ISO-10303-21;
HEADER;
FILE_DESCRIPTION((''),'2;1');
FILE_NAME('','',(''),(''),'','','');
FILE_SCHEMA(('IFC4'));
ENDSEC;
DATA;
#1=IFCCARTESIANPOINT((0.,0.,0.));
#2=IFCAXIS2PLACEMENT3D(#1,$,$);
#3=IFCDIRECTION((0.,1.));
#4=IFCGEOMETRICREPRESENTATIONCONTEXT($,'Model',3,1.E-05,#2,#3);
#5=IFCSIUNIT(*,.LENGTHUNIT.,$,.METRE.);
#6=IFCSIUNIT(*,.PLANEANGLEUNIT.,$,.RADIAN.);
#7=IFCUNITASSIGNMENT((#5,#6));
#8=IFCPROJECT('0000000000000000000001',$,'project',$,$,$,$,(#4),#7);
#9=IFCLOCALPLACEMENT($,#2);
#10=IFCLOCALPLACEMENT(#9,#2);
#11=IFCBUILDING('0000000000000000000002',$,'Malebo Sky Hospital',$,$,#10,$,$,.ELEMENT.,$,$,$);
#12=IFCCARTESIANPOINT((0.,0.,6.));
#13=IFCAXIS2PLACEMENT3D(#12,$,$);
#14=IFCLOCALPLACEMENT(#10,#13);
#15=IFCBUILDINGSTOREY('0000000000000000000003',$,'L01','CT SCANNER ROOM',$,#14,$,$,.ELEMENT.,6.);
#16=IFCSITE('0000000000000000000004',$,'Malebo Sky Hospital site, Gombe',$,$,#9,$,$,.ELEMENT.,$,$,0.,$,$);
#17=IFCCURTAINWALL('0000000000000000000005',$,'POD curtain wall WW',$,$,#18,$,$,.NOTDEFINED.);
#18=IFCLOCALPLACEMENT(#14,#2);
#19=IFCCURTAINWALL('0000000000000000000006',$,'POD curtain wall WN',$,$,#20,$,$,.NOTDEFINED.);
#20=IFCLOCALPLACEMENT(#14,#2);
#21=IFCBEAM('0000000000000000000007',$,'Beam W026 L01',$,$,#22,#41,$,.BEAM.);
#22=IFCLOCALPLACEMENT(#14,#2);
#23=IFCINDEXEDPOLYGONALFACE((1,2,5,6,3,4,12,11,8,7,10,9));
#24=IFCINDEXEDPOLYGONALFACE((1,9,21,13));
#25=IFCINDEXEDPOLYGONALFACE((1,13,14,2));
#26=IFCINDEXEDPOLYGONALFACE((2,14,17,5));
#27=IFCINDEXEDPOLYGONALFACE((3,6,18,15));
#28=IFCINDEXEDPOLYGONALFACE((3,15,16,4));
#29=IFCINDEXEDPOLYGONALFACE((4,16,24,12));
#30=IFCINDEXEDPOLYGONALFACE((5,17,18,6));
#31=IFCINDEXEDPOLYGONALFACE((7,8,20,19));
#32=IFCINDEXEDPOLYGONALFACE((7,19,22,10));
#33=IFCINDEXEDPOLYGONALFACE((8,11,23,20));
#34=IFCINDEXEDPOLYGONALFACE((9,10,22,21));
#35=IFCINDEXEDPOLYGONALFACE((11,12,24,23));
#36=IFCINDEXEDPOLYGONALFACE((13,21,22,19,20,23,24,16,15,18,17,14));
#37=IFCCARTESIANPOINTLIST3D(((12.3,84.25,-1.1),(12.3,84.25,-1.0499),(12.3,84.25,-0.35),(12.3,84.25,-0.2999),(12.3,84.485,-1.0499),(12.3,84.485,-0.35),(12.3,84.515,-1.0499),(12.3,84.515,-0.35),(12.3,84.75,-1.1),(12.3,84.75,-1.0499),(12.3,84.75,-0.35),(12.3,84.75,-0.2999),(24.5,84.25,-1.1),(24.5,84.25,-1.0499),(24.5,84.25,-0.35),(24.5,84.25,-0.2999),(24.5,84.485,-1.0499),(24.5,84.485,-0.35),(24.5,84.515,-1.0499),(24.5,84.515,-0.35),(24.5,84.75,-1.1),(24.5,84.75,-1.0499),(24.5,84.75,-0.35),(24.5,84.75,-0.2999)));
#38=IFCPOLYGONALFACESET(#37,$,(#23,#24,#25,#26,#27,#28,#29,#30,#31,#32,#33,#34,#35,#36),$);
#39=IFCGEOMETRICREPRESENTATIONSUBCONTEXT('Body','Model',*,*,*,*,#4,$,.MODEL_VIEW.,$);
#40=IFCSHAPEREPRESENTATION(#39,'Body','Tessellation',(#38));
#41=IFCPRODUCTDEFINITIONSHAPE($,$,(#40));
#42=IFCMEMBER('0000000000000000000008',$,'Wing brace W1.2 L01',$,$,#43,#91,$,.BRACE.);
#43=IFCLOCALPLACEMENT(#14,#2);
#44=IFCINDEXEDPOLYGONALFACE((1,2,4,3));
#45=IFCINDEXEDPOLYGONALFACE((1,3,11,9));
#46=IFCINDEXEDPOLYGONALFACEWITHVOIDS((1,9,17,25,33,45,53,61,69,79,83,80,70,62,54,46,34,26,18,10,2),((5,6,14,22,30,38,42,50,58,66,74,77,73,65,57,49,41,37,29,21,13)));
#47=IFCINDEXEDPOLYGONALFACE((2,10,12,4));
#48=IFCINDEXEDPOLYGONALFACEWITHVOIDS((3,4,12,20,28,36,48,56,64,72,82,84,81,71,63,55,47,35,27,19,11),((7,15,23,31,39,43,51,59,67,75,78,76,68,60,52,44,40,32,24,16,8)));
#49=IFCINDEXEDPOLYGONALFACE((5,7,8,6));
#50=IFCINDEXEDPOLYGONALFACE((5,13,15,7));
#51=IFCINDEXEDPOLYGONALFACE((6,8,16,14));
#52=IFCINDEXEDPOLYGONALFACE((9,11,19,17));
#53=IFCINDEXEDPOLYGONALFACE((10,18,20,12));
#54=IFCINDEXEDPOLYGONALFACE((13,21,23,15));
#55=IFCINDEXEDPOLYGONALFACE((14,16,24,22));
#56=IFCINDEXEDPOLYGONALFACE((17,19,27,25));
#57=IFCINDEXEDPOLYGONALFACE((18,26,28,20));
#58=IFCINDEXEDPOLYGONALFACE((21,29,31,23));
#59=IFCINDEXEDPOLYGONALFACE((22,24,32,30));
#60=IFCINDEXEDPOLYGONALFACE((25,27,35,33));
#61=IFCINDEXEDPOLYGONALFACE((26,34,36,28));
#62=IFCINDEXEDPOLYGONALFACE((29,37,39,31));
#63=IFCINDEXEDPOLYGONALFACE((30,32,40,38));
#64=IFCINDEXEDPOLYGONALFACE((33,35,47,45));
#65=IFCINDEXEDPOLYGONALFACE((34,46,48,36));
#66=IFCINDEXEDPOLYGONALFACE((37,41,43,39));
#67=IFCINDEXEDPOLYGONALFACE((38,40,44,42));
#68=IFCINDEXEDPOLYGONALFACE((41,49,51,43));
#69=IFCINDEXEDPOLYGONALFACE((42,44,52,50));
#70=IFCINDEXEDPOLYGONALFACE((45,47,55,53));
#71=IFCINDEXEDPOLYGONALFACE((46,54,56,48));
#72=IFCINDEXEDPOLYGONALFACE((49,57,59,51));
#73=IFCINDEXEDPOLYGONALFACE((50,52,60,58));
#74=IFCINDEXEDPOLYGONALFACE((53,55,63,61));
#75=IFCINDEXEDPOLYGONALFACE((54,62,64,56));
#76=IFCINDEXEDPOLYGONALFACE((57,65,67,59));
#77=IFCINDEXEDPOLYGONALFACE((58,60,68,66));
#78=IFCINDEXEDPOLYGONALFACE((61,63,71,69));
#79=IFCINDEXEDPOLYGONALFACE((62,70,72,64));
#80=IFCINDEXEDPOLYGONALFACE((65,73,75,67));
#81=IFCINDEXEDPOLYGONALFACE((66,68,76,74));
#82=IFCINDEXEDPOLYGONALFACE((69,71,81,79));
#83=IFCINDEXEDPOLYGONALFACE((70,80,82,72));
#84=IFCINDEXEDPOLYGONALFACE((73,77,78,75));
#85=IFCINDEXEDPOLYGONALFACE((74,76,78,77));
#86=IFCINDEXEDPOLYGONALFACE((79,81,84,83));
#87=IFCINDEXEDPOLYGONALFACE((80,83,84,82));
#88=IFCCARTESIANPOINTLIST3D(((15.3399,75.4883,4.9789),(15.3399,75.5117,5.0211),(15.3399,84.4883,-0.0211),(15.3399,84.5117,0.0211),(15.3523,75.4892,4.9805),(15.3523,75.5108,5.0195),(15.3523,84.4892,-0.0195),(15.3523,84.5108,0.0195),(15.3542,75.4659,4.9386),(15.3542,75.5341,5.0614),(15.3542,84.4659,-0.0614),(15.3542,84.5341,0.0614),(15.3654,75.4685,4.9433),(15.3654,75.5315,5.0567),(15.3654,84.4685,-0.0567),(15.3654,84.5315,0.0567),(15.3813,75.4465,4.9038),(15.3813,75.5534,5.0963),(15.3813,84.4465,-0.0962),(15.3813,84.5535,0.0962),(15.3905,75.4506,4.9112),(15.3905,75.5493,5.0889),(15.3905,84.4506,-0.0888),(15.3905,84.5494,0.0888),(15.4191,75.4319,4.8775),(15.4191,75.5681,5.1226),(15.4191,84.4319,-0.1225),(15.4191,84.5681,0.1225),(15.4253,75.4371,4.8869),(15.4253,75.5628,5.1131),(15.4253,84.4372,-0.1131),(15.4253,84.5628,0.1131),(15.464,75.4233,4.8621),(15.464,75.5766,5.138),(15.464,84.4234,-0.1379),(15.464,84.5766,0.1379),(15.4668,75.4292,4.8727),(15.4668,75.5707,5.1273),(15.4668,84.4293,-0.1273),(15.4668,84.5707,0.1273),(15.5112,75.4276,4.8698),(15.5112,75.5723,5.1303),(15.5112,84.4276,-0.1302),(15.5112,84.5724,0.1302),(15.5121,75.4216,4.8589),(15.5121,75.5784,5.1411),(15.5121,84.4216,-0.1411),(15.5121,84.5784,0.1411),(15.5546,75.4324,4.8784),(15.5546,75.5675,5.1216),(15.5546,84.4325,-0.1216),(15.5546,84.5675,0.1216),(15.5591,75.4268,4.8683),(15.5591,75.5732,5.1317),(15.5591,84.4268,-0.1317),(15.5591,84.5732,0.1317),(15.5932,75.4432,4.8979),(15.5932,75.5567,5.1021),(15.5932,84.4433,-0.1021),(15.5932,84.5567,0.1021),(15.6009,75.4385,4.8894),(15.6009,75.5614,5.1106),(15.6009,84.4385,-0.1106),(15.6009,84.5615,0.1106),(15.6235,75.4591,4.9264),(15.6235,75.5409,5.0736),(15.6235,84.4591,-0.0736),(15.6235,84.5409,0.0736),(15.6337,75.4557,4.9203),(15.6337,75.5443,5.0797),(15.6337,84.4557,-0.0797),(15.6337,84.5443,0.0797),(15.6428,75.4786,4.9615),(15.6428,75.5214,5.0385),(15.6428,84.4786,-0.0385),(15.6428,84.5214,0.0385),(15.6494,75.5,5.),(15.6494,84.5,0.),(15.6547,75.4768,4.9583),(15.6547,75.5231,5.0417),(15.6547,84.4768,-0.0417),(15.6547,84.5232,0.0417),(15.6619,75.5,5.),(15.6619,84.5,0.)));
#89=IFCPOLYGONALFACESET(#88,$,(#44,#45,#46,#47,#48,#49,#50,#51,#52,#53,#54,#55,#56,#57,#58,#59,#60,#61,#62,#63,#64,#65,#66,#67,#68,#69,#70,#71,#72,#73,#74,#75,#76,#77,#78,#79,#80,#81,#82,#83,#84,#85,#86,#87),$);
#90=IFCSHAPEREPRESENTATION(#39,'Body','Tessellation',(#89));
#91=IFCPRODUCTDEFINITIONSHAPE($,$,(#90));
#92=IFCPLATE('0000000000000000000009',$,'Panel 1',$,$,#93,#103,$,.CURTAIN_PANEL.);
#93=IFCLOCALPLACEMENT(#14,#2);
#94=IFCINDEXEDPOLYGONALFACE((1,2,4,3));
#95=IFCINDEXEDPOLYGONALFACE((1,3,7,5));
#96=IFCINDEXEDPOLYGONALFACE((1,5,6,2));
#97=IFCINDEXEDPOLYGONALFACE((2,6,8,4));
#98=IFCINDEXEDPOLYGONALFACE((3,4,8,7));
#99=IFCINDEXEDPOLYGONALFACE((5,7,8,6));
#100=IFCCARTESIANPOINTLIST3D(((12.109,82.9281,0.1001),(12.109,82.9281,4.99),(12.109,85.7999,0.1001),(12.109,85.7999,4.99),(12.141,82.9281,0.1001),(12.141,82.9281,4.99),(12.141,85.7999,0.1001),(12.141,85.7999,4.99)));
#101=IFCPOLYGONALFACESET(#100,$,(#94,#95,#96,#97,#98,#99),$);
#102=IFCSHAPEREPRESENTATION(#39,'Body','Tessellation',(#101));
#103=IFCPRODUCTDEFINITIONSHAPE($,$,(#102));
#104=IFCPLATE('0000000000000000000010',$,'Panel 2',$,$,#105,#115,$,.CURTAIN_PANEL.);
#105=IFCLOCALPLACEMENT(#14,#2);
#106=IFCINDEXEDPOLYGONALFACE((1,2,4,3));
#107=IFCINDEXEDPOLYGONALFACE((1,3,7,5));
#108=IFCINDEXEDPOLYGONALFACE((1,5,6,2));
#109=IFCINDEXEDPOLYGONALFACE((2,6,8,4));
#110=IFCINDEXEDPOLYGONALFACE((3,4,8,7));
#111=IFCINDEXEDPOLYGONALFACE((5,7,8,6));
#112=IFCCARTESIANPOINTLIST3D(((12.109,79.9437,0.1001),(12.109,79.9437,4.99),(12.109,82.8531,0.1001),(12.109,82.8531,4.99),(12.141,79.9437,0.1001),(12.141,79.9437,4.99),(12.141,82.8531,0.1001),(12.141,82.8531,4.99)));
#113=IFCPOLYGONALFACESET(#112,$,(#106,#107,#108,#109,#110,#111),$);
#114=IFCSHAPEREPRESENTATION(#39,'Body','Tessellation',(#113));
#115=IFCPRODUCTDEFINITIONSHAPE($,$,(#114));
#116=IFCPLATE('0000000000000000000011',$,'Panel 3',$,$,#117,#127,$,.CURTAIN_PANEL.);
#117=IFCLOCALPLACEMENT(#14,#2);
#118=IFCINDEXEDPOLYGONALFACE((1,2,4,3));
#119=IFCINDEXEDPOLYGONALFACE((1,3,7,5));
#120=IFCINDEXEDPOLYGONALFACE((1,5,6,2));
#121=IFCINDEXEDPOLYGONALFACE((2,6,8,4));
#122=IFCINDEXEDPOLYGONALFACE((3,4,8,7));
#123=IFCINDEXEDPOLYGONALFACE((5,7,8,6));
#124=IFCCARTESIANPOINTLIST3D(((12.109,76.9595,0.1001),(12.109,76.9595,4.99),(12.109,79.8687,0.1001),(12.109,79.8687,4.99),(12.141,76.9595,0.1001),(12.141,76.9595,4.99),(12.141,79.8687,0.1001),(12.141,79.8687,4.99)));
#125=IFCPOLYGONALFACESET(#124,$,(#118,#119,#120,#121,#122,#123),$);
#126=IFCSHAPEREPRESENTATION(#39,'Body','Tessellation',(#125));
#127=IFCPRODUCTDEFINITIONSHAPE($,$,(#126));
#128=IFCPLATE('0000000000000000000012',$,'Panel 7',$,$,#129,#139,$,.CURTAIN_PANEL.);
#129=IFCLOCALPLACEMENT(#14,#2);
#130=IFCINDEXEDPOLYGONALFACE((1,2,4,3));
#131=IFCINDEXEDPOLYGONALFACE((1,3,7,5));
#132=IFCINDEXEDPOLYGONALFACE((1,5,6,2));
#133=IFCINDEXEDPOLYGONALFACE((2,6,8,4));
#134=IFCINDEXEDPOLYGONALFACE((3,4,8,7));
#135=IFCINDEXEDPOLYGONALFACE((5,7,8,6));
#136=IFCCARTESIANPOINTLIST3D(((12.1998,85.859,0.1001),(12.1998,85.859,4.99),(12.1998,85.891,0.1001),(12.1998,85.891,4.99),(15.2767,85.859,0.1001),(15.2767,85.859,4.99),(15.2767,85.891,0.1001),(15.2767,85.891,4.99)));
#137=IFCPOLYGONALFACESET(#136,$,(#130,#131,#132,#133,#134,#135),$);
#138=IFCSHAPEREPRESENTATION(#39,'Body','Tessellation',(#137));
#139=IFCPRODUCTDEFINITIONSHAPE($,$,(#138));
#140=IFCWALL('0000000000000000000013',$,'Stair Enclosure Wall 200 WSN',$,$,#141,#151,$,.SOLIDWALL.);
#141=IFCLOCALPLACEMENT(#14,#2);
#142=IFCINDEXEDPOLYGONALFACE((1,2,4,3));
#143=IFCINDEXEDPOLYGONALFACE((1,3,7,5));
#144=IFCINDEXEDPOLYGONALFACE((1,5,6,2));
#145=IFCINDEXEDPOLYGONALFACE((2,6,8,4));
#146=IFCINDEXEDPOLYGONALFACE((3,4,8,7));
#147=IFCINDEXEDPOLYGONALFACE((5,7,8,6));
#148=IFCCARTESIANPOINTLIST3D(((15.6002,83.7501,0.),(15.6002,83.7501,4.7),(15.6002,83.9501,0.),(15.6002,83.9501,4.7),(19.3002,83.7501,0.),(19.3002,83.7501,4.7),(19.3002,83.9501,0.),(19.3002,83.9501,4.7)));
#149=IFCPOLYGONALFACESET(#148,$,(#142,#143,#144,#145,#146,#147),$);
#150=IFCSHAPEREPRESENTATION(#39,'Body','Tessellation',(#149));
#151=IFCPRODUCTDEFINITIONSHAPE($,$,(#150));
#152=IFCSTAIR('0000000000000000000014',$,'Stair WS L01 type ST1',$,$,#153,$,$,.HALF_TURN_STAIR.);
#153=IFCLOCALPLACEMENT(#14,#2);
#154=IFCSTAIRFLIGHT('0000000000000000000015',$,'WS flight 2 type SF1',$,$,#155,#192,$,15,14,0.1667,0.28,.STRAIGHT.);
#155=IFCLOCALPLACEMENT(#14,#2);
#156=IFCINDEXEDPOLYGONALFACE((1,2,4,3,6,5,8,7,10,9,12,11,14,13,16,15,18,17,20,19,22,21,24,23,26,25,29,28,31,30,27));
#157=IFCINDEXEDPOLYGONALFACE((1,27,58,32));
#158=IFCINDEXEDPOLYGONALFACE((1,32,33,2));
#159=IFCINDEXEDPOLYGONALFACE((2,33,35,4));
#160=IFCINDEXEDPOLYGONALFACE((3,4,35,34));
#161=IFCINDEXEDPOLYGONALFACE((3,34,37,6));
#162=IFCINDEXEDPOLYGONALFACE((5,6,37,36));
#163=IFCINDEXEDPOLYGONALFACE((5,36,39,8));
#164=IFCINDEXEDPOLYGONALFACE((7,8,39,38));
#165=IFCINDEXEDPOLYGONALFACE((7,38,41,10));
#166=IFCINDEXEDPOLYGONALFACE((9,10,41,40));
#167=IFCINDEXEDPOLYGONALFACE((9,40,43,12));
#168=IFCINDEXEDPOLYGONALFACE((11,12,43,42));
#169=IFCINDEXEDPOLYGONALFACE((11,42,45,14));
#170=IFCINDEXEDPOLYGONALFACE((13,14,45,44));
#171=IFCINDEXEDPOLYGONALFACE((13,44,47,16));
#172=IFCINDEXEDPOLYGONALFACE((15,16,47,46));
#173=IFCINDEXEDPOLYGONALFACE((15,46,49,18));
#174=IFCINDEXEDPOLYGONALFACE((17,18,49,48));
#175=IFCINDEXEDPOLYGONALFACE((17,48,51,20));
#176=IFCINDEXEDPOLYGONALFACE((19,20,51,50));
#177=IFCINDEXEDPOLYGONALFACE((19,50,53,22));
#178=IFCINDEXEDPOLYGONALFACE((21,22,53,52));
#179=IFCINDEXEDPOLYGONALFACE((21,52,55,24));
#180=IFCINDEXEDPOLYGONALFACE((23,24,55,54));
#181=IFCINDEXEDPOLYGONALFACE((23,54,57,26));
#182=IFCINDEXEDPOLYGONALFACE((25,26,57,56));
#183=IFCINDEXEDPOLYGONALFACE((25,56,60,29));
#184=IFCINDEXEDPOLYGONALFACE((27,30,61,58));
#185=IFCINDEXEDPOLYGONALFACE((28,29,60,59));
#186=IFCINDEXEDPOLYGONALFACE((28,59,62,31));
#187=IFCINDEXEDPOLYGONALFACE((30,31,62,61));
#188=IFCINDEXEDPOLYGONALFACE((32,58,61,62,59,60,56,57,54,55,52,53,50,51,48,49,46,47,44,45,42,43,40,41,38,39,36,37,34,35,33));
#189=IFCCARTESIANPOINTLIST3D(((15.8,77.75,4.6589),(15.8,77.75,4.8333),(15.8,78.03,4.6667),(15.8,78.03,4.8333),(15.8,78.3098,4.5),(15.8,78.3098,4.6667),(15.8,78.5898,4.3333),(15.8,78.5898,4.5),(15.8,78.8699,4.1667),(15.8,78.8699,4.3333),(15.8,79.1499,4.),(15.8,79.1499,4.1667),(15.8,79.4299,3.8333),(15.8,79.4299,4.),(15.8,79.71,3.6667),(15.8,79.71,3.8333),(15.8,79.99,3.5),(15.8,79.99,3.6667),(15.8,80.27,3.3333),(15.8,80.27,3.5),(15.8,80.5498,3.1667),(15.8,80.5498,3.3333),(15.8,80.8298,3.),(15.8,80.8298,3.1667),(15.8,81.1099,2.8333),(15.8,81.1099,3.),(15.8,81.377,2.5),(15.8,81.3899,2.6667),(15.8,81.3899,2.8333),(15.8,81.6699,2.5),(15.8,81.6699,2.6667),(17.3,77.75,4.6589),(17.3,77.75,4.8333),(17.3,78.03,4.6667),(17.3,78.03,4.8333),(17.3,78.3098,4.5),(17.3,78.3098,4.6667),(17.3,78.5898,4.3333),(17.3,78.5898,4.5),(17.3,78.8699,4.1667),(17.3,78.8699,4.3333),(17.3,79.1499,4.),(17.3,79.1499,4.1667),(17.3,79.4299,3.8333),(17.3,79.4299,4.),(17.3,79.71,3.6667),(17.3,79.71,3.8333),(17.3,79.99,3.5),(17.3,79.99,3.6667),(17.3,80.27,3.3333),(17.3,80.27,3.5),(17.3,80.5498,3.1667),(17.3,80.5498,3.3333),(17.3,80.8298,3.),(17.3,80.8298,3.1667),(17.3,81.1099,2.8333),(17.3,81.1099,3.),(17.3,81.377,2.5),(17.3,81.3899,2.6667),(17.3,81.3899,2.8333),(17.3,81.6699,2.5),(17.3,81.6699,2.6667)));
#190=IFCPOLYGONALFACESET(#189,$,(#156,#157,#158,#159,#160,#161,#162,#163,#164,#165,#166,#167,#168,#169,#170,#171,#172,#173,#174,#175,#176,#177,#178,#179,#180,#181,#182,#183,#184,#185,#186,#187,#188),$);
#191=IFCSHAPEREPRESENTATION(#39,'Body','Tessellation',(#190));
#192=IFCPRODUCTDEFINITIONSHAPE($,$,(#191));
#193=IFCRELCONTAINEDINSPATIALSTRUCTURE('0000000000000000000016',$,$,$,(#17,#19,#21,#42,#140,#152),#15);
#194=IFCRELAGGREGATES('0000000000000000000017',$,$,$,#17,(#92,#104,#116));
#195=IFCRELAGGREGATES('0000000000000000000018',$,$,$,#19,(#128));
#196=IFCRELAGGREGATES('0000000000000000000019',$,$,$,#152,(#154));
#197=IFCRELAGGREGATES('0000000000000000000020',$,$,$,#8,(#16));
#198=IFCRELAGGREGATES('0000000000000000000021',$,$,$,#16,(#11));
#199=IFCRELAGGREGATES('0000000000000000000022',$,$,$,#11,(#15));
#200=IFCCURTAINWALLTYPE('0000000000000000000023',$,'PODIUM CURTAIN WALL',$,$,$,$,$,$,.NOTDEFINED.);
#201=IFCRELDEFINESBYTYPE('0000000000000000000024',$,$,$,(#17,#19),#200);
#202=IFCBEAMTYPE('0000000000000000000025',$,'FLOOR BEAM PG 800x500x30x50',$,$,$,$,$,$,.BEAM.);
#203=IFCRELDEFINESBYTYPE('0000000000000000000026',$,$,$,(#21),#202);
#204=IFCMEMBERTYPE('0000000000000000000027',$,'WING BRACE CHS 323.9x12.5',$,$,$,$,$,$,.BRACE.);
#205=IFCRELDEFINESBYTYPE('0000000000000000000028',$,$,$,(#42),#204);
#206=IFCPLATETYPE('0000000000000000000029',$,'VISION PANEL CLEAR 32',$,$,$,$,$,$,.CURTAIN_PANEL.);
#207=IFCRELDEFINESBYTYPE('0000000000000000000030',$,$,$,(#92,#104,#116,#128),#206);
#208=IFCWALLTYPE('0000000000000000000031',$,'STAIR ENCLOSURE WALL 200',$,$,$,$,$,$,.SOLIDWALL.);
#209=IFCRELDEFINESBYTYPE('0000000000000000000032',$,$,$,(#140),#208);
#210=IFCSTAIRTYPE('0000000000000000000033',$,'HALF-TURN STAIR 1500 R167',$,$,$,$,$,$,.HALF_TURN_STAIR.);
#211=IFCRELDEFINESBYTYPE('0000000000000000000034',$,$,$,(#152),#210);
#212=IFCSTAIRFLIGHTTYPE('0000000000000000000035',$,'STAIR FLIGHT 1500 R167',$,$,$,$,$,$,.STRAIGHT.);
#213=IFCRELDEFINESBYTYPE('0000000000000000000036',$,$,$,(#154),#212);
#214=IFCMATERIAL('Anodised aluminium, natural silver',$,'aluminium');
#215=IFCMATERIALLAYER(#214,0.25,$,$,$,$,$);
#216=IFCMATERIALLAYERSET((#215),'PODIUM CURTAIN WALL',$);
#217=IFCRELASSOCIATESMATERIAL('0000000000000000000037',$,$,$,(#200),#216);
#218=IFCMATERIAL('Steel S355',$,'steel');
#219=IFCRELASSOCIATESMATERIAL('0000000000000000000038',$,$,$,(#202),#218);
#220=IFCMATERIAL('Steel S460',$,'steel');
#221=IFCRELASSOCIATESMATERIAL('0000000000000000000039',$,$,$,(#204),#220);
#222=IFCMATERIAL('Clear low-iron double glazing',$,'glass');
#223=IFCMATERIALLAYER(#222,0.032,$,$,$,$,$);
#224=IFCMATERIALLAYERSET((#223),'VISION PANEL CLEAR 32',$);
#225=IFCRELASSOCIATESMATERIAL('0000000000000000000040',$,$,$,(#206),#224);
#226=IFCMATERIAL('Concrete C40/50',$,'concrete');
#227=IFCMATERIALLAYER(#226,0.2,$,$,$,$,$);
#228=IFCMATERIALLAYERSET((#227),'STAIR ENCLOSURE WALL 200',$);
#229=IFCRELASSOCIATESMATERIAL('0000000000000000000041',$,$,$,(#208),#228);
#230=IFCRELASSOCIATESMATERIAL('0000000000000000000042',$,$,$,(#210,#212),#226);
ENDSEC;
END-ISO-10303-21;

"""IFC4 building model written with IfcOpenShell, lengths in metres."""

from ifc_helpers import new_model, si_unit, direction, frame, frame_2d, origin, origin_2d, place, context, subcontext, project, spatial, polyline, rectangle, hollow_circle, i_section, outline, extrude, material, layer, layer_set, material_profile, profile_set, type_object, element, aggregate, save


model = new_model("IFC4")

# Units and contexts
model_context = context("Model", 3, precision=1e-05, world=origin(), true_north=direction((0.0, 1.0)))
body_context = subcontext(model_context, "Body", "Model", "MODEL_VIEW")
ifc_project = project(units=[si_unit("LENGTHUNIT", "METRE"), si_unit("PLANEANGLEUNIT", "RADIAN")], contexts=[model_context])

# Site, building, storey
site_placement = place(None, origin())
site = spatial("IfcSite", under=ifc_project, at=site_placement, Name="Malebo Sky Hospital site, Gombe", CompositionType="ELEMENT", RefElevation=0.0)
building_placement = place(site_placement, origin())
building = spatial("IfcBuilding", under=site, at=building_placement, Name="Malebo Sky Hospital", CompositionType="ELEMENT")
storey_placement = place(building_placement, frame((0.0, 0.0, 6.0)))
storey = spatial("IfcBuildingStorey", under=building, at=storey_placement, Name="L01", Description="CT SCANNER ROOM", CompositionType="ELEMENT", Elevation=6.0)

# Shared definitions
ifc_material_1 = material(Name="Steel S355", Category="steel")

# Curtain wall
ifc_material_2 = material(Name="Anodised aluminium, natural silver", Category="aluminium")
ifc_layer_1 = layer(ifc_material_2, 0.25)
ifc_layer_set_1 = layer_set([ifc_layer_1], Name="PODIUM CURTAIN WALL")
curtain_wall_type = type_object("IfcCurtainWallType", Name="PODIUM CURTAIN WALL", PredefinedType="NOTDEFINED", material=ifc_layer_set_1)
curtain_wall_1_placement = place(storey_placement, origin())
curtain_wall_1 = element("IfcCurtainWall", 1, at=curtain_wall_1_placement, inside=storey, type_object=curtain_wall_type, Name="POD curtain wall WW", PredefinedType="NOTDEFINED")

# Curtain wall
curtain_wall_2_placement = place(storey_placement, origin())
curtain_wall_2 = element("IfcCurtainWall", 2, at=curtain_wall_2_placement, inside=storey, type_object=curtain_wall_type, Name="POD curtain wall WN", PredefinedType="NOTDEFINED")

# Beam
ifc_material_3 = material(Name="Steel S460", Category="steel")
ifc_material_profile_1 = material_profile(ifc_material_1, i_section(OverallWidth=0.5, OverallDepth=0.8, WebThickness=0.03, FlangeThickness=0.05, at=origin_2d()), Name="PG 800x500x30x50")
ifc_profile_set_1 = profile_set([ifc_material_profile_1], Name="Steel S355")
beam_type_1 = type_object("IfcBeamType", Name="FLOOR BEAM PG 800x500x30x50", PredefinedType="BEAM", material=ifc_profile_set_1)
beam_1_placement = place(storey_placement, frame((12.3, 84.5, -0.7), z_axis=(1.0, 0.0, 0.0), x_axis=(0.0, 1.0, 0.0)))
element("IfcBeam", 3, at=beam_1_placement, inside=storey, type_object=beam_type_1, Name="Beam W026 L01", PredefinedType="BEAM", context=body_context, shape_type="SweptSolid", body=[
    extrude(i_section(OverallWidth=0.5, OverallDepth=0.8, WebThickness=0.03, FlangeThickness=0.05, at=origin_2d()), origin(), (0.0, 0.0, 1.0), 12.2),
])

# Member
ifc_material_profile_2 = material_profile(ifc_material_3, hollow_circle(Radius=0.1619, WallThickness=0.0125, at=origin_2d()), Name="CHS 323.9x12.5")
ifc_profile_set_2 = profile_set([ifc_material_profile_2], Name="Steel S460")
member_type_1 = type_object("IfcMemberType", Name="WING BRACE CHS 323.9x12.5", PredefinedType="BRACE", material=ifc_profile_set_2)
member_1_placement = place(storey_placement, frame((15.5, 84.5, 0.0), z_axis=(0.0, -0.874157, 0.485643), x_axis=(1.0, 0.0, 0.0)))
element("IfcMember", 4, at=member_1_placement, inside=storey, type_object=member_type_1, Name="Wing brace W1.2 L01", PredefinedType="BRACE", context=body_context, shape_type="SweptSolid", body=[
    extrude(hollow_circle(Radius=0.1619, WallThickness=0.0125, at=origin_2d()), origin(), (0.0, 0.0, 1.0), 10.2957),
])

# Plates
ifc_material_4 = material(Name="Clear low-iron double glazing", Category="glass")
ifc_layer_2 = layer(ifc_material_4, 0.032)
ifc_layer_set_2 = layer_set([ifc_layer_2], Name="VISION PANEL CLEAR 32")
plate_type = type_object("IfcPlateType", Name="VISION PANEL CLEAR 32", PredefinedType="CURTAIN_PANEL", material=ifc_layer_set_2)
plate_1_placement = place(storey_placement, frame((12.125, 84.364, 0.1001), z_axis=(0.0, 0.0, 1.0), x_axis=(0.0, -1.0, 0.0)))
plate_1 = element("IfcPlate", 5, at=plate_1_placement, type_object=plate_type, Name="Panel 1", PredefinedType="CURTAIN_PANEL", context=body_context, shape_type="SweptSolid", body=[
    extrude(rectangle(XDim=2.8718, YDim=0.032, at=origin_2d()), origin(), (0.0, 0.0, 1.0), 4.8899),
])
plate_2_placement = place(storey_placement, frame((12.125, 81.3984, 0.1001), z_axis=(0.0, 0.0, 1.0), x_axis=(0.0, -1.0, 0.0)))
plate_2 = element("IfcPlate", 6, at=plate_2_placement, type_object=plate_type, Name="Panel 2", PredefinedType="CURTAIN_PANEL", context=body_context, shape_type="SweptSolid", body=[
    extrude(rectangle(XDim=2.9094, YDim=0.032, at=origin_2d()), origin(), (0.0, 0.0, 1.0), 4.8899),
])
plate_3_placement = place(storey_placement, frame((12.125, 78.4141, 0.1001), z_axis=(0.0, 0.0, 1.0), x_axis=(0.0, -1.0, 0.0)))
plate_3 = element("IfcPlate", 7, at=plate_3_placement, type_object=plate_type, Name="Panel 3", PredefinedType="CURTAIN_PANEL", context=body_context, shape_type="SweptSolid", body=[
    extrude(rectangle(XDim=2.9092, YDim=0.032, at=origin_2d()), origin(), (0.0, 0.0, 1.0), 4.8899),
])
aggregate(curtain_wall_1, [plate_1, plate_2, plate_3])
plate_4_placement = place(storey_placement, frame((13.7383, 85.875, 0.1001), z_axis=(0.0, 0.0, 1.0), x_axis=(-1.0, 0.0, 0.0)))
plate_4 = element("IfcPlate", 8, at=plate_4_placement, type_object=plate_type, Name="Panel 7", PredefinedType="CURTAIN_PANEL", context=body_context, shape_type="SweptSolid", body=[
    extrude(rectangle(XDim=3.0769, YDim=0.032, at=origin_2d()), origin(), (0.0, 0.0, 1.0), 4.8899),
])
aggregate(curtain_wall_2, [plate_4])

# Wall
ifc_material_5 = material(Name="Concrete C40/50", Category="concrete")
ifc_layer_3 = layer(ifc_material_5, 0.2)
ifc_layer_set_3 = layer_set([ifc_layer_3], Name="STAIR ENCLOSURE WALL 200")
wall_type = type_object("IfcWallType", Name="STAIR ENCLOSURE WALL 200", PredefinedType="SOLIDWALL", material=ifc_layer_set_3)
wall_placement = place(storey_placement, frame((15.6001, 83.8501, 0.0), z_axis=(0.0, 0.0, 1.0), x_axis=(1.0, 0.0, 0.0)))
element("IfcWall", 9, at=wall_placement, inside=storey, type_object=wall_type, Name="Stair Enclosure Wall 200 WSN", PredefinedType="SOLIDWALL", context=body_context, shape_type="SweptSolid", body=[
    extrude(rectangle(XDim=3.7, YDim=0.2, at=frame_2d((1.8501, 0.0))), origin(), (0.0, 0.0, 1.0), 4.7),
])

# Stair, stair flight
stair_type = type_object("IfcStairType", Name="HALF-TURN STAIR 1500 R167", PredefinedType="HALF_TURN_STAIR", material=ifc_material_5)
stair_placement = place(storey_placement, origin())
stair = element("IfcStair", 10, at=stair_placement, inside=storey, type_object=stair_type, Name="Stair WS L01 type ST1", PredefinedType="HALF_TURN_STAIR")
stair_flight_type = type_object("IfcStairFlightType", Name="STAIR FLIGHT 1500 R167", PredefinedType="STRAIGHT", material=ifc_material_5)
stair_flight_placement = place(storey_placement, frame((16.55, 81.6699, 2.5), z_axis=(0.0, 0.0, 1.0), x_axis=(0.0, -1.0, 0.0)))
stair_flight = element("IfcStairFlight", 11, at=stair_flight_placement, type_object=stair_flight_type, Name="WS flight 2 type SF1", NumberOfRisers=15, NumberOfTreads=14, PredefinedType="STRAIGHT", RiserHeight=0.1667, TreadLength=0.28, context=body_context, shape_type="SweptSolid", body=[
    extrude(outline(polyline([(0.0, 0.0), (0.0, 0.1667), (0.28, 0.1667), (0.28, 0.3333), (0.5601, 0.3333), (0.5601, 0.5), (0.8401, 0.5), (0.8401, 0.6667), (1.1201, 0.6667), (1.1201, 0.8333), (1.3999, 0.8333), (1.3999, 1.0), (1.6799, 1.0), (1.6799, 1.1667), (1.96, 1.1667), (1.96, 1.3333), (2.24, 1.3333), (2.24, 1.5), (2.52, 1.5), (2.52, 1.6667), (2.8, 1.6667), (2.8, 1.8333), (3.0801, 1.8333), (3.0801, 2.0), (3.3601, 2.0), (3.3601, 2.1667), (3.6399, 2.1667), (3.6399, 2.3333), (3.9199, 2.3333), (3.9199, 2.5), (3.9199, 2.1589), (0.293, 0.0), (0.0, 0.0)])), frame((0.0, 0.75, 0.0), z_axis=(0.0, -1.0, 0.0), x_axis=(1.0, 0.0, 0.0)), (0.0, 0.0, 1.0), 1.5),
])
aggregate(stair, [stair_flight])

save(model, "model.ifc")
